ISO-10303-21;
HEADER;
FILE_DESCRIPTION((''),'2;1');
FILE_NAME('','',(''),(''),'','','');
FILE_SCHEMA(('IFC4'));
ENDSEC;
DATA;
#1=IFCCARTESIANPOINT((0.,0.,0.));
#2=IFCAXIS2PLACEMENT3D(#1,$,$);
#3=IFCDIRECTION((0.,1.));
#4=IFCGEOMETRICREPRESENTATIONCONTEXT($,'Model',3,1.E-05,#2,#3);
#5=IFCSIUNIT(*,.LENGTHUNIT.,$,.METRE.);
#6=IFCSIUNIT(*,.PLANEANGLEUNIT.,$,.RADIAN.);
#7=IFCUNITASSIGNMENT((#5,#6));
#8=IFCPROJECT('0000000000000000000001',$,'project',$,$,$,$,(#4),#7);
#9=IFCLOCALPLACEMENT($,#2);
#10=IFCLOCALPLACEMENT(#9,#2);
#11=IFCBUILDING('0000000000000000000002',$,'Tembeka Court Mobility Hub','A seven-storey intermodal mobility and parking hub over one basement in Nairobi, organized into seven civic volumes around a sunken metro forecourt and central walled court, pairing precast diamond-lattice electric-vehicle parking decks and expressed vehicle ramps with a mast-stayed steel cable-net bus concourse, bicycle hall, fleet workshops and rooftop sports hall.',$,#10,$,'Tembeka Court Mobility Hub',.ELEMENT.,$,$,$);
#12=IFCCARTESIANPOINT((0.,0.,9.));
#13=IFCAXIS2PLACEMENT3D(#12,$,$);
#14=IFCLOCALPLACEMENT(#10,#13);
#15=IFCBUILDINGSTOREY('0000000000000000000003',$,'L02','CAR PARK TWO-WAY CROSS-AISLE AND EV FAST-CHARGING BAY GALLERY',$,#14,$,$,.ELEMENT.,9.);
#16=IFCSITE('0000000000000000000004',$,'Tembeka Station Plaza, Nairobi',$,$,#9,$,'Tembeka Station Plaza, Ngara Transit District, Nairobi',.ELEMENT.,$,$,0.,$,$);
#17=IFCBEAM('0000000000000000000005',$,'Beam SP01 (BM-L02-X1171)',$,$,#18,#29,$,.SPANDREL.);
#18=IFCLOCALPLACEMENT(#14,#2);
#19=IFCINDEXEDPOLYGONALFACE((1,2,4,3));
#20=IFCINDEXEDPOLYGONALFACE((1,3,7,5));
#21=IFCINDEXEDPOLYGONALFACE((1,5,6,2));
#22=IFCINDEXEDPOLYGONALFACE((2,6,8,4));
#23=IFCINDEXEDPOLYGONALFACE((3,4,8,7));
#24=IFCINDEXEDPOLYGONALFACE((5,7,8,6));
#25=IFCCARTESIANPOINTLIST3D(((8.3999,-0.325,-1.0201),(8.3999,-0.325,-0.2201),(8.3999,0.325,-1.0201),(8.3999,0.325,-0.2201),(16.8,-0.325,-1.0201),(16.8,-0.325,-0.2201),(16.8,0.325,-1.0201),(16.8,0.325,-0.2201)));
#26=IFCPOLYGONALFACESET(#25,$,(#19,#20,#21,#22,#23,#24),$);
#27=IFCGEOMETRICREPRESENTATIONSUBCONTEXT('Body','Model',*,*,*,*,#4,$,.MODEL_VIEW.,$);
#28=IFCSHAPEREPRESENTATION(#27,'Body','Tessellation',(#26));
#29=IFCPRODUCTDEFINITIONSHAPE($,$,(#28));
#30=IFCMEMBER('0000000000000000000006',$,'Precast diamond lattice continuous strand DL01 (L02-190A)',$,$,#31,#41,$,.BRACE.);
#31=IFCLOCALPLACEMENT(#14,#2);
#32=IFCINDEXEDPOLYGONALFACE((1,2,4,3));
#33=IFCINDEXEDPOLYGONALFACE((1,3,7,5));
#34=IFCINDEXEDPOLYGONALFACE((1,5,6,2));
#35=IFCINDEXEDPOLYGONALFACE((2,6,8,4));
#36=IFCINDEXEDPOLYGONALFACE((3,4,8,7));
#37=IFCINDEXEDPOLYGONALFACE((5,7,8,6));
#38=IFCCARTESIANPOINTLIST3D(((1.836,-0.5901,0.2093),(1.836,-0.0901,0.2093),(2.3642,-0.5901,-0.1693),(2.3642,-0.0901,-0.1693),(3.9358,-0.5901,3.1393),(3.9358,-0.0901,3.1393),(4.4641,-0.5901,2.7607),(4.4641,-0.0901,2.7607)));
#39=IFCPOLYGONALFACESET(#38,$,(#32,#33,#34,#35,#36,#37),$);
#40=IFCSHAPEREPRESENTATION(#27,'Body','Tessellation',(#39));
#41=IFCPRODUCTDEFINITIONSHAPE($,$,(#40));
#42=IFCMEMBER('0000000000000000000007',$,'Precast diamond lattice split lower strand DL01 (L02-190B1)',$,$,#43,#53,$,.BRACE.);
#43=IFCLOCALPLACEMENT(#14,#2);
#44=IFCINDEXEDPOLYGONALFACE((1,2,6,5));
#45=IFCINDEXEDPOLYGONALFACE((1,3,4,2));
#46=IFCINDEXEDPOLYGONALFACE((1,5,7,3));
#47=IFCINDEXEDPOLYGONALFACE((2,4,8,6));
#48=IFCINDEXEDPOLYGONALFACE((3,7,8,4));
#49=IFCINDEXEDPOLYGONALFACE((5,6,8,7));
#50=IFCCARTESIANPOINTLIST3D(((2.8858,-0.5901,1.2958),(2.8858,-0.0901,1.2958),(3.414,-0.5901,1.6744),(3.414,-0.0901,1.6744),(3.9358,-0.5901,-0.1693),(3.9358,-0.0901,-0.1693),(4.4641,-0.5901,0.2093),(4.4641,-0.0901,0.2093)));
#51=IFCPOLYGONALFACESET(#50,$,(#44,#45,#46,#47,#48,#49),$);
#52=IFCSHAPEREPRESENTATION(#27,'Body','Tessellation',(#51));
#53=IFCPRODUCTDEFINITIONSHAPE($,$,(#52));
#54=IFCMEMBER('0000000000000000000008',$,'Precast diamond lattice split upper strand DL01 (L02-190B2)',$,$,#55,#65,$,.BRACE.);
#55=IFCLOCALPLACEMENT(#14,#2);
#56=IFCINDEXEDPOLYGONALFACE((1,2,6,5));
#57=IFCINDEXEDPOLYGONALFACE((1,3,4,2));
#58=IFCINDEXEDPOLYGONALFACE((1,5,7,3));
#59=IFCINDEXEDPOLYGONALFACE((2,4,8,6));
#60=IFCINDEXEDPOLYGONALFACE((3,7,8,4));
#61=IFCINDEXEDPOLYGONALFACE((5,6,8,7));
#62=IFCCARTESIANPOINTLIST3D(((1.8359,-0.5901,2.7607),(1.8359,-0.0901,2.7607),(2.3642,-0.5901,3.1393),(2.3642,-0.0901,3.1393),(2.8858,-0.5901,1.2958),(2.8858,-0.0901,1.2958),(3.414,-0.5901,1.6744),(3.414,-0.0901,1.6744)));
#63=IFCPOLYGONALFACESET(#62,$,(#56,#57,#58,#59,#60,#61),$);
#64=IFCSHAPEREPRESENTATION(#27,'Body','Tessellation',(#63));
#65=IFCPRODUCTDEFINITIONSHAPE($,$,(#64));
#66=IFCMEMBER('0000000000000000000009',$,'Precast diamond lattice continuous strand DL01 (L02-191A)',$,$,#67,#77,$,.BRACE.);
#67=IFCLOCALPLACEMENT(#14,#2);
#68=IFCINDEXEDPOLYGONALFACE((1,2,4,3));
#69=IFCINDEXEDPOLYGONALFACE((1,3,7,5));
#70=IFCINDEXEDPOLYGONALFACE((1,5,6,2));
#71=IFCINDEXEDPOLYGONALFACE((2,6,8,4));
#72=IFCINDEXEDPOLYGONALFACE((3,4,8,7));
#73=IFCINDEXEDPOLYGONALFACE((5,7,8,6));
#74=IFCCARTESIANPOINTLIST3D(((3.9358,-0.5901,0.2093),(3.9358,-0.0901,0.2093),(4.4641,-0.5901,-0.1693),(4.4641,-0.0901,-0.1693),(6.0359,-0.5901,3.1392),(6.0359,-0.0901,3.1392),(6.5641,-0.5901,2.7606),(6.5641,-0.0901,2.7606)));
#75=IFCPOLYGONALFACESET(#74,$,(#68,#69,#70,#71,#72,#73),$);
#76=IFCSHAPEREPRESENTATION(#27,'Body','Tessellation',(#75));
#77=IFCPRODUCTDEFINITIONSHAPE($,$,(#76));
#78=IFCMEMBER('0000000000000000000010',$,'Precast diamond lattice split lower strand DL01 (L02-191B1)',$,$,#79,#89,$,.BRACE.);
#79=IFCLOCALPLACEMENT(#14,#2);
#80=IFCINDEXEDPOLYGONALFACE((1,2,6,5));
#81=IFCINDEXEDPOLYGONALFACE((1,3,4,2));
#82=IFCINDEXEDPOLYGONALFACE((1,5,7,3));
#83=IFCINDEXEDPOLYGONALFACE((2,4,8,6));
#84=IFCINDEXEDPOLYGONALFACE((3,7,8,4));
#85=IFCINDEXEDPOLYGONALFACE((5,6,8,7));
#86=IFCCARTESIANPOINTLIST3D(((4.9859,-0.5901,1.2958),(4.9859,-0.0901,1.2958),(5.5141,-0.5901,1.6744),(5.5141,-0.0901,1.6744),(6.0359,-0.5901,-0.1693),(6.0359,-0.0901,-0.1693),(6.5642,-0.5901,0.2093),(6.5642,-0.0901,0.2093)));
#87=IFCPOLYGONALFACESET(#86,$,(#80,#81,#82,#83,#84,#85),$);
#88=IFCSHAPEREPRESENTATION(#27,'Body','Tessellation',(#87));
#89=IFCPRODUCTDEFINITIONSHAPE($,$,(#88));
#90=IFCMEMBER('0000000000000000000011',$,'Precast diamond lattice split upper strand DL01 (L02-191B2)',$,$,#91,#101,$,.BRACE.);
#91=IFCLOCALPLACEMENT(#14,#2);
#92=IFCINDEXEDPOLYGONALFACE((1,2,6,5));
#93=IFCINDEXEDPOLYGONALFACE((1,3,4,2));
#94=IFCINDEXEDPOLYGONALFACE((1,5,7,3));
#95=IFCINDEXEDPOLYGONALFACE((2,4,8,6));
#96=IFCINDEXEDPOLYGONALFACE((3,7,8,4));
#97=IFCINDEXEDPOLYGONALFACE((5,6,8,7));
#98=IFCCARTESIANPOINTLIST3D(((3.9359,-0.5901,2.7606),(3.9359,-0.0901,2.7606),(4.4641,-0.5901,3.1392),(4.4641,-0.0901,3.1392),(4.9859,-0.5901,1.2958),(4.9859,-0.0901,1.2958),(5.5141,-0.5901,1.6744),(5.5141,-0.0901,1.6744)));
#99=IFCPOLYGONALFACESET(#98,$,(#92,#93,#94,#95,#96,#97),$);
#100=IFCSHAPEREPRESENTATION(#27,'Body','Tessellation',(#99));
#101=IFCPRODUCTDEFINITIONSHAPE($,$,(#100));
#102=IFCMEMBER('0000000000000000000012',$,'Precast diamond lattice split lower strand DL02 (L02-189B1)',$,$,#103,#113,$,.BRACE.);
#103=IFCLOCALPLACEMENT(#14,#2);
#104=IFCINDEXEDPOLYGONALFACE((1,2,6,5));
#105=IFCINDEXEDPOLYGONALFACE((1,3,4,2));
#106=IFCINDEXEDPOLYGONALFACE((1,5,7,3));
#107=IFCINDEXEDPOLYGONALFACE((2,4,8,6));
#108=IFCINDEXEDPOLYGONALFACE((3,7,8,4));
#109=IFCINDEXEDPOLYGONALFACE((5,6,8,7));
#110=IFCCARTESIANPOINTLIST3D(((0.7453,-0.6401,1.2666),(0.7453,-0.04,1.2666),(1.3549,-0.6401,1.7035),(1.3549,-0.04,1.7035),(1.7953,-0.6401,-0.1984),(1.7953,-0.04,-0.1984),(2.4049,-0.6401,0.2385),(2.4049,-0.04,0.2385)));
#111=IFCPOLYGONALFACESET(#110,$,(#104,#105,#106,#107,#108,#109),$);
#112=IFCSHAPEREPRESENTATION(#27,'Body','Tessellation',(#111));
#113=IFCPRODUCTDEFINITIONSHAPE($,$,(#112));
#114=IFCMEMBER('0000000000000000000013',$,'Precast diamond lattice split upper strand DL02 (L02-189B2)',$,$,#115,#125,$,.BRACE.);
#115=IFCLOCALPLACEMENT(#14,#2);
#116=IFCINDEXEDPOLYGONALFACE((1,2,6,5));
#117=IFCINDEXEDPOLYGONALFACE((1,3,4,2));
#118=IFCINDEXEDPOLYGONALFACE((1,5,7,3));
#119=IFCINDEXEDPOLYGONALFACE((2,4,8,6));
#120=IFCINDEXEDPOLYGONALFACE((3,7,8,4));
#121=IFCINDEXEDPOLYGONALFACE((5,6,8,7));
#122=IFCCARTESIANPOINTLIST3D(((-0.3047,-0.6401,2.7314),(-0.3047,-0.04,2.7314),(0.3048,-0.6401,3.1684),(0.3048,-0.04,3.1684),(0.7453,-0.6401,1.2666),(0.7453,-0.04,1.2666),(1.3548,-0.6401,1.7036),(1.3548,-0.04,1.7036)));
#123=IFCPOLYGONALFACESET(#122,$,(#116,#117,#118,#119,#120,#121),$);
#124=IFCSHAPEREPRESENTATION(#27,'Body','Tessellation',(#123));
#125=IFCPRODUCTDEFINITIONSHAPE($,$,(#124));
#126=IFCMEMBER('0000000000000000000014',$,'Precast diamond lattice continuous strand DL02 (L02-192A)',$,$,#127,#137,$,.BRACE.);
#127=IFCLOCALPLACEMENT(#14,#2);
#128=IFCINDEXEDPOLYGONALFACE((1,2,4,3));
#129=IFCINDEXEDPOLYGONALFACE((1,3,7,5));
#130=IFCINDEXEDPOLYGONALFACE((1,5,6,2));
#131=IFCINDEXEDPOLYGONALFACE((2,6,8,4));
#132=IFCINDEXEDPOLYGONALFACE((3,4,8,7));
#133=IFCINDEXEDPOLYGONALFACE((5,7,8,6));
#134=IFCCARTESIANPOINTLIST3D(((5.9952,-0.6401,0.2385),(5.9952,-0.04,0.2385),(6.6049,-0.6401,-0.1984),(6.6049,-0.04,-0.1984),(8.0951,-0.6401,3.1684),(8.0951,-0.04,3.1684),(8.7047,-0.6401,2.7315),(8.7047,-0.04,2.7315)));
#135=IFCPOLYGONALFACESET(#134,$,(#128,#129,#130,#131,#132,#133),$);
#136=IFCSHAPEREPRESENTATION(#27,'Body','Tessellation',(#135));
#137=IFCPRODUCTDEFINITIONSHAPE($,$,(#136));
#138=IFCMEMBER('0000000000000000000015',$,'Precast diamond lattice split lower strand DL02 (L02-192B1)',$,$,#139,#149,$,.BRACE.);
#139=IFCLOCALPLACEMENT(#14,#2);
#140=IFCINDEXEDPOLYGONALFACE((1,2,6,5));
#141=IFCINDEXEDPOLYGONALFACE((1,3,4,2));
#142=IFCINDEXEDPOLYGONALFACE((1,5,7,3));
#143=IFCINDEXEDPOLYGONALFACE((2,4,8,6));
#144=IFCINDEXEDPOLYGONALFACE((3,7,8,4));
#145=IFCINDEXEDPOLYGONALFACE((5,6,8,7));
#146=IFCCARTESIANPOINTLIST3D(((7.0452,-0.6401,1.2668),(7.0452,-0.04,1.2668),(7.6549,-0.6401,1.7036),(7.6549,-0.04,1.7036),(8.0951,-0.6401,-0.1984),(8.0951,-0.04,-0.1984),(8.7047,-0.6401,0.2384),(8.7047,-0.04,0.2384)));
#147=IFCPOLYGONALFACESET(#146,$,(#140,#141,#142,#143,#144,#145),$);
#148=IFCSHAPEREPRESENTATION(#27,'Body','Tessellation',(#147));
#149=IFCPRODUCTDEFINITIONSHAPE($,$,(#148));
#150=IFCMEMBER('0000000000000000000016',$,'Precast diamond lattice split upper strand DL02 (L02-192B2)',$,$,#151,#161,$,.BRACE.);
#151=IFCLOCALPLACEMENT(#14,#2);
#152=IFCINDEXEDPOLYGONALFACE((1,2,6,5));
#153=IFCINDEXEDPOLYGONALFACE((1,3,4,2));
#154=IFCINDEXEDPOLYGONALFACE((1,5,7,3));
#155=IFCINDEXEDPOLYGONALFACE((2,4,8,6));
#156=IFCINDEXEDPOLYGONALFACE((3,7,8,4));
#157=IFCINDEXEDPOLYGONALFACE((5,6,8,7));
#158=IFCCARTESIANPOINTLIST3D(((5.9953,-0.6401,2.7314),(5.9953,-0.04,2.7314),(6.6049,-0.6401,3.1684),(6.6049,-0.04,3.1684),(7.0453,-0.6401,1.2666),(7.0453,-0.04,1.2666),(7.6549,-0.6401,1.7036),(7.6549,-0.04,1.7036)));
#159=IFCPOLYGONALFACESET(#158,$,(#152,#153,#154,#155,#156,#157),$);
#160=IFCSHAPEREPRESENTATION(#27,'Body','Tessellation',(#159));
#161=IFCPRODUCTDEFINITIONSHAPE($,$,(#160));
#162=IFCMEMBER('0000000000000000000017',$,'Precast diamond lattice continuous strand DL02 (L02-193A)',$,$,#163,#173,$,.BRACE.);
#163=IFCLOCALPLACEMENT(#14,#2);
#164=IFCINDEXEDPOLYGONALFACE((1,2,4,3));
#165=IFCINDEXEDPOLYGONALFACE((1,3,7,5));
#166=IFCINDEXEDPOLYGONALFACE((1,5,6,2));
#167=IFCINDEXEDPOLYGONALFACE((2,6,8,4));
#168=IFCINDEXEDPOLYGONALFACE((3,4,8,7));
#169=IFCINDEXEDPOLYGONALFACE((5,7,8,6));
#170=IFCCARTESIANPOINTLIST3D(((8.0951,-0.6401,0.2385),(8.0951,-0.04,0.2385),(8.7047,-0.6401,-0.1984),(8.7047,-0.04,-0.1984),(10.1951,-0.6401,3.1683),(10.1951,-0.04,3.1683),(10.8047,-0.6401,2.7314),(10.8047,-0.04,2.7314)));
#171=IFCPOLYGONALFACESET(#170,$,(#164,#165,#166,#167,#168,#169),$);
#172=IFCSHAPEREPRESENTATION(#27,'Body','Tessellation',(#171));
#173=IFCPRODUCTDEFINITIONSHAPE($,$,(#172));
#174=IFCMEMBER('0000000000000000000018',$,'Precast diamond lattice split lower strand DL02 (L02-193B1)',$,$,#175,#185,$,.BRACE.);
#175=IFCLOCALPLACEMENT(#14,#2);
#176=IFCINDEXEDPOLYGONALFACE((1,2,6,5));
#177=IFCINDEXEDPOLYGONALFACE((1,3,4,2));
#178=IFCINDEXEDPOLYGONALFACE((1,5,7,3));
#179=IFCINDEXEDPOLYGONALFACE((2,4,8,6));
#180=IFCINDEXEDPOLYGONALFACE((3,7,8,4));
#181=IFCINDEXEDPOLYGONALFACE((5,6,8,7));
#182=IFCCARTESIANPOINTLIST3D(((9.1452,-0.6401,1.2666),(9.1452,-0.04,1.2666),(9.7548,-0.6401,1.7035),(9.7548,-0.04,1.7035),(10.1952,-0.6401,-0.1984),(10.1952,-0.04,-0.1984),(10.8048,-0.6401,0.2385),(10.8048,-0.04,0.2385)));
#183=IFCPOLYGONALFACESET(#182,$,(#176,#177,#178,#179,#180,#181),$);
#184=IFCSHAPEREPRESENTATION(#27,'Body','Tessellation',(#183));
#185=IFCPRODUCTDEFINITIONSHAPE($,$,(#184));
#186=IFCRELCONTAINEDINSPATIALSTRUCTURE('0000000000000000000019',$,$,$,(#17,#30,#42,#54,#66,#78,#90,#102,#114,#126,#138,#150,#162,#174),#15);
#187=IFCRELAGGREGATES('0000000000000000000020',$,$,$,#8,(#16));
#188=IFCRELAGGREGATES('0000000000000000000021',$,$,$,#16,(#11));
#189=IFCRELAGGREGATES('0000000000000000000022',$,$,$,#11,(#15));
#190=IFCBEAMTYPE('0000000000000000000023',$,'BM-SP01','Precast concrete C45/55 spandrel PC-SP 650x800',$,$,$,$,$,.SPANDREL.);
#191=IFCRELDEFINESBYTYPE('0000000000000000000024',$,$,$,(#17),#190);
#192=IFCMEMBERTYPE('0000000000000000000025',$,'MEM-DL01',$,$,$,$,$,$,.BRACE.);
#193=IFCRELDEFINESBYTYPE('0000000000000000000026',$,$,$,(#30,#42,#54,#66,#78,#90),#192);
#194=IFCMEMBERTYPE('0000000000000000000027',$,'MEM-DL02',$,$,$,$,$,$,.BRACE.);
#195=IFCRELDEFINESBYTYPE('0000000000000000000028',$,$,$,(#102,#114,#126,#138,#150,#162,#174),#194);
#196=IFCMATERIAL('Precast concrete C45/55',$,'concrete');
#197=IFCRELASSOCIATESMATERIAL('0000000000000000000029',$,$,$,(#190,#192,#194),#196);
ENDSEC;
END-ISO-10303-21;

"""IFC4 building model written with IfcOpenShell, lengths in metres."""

from ifc_helpers import new_model, si_unit, direction, frame, origin, origin_2d, place, context, subcontext, project, spatial, rectangle, extrude, material, material_profile, profile_set, type_object, element, save


model = new_model("IFC4")

# Units and contexts
model_context = context("Model", 3, precision=1e-05, world=origin(), true_north=direction((0.0, 1.0)))
body_context = subcontext(model_context, "Body", "Model", "MODEL_VIEW")
ifc_project = project(units=[si_unit("LENGTHUNIT", "METRE"), si_unit("PLANEANGLEUNIT", "RADIAN")], contexts=[model_context])

# Site, building, storey
site_placement = place(None, origin())
site = spatial("IfcSite", under=ifc_project, at=site_placement, Name="Tembeka Station Plaza, Nairobi", LongName="Tembeka Station Plaza, Ngara Transit District, Nairobi", CompositionType="ELEMENT", RefElevation=0.0)
building_placement = place(site_placement, origin())
building = spatial("IfcBuilding", under=site, at=building_placement, Name="Tembeka Court Mobility Hub", Description="A seven-storey intermodal mobility and parking hub over one basement in Nairobi, organized into seven civic volumes around a sunken metro forecourt and central walled court, pairing precast diamond-lattice electric-vehicle parking decks and expressed vehicle ramps with a mast-stayed steel cable-net bus concourse, bicycle hall, fleet workshops and rooftop sports hall.", LongName="Tembeka Court Mobility Hub", CompositionType="ELEMENT")
storey_placement = place(building_placement, frame((0.0, 0.0, 9.0)))
storey = spatial("IfcBuildingStorey", under=building, at=storey_placement, Name="L02", Description="CAR PARK TWO-WAY CROSS-AISLE AND EV FAST-CHARGING BAY GALLERY", CompositionType="ELEMENT", Elevation=9.0)

# Beam
ifc_material_1 = material(Name="Precast concrete C45/55", Category="concrete")
ifc_material_profile_1 = material_profile(ifc_material_1, rectangle(XDim=0.6499, YDim=0.8, at=origin_2d()), Name="PC-SP 650x800")
ifc_profile_set_1 = profile_set([ifc_material_profile_1], Name="Precast concrete C45/55")
beam_type_1 = type_object("IfcBeamType", Name="BM-SP01", Description="Precast concrete C45/55 spandrel PC-SP 650x800", PredefinedType="SPANDREL", material=ifc_profile_set_1)
beam_1_placement = place(storey_placement, frame((8.3999, 0.0, -0.6201), z_axis=(1.0, 0.0, 0.0), x_axis=(0.0, 1.0, 0.0)))
element("IfcBeam", 1, at=beam_1_placement, inside=storey, type_object=beam_type_1, Name="Beam SP01 (BM-L02-X1171)", PredefinedType="SPANDREL", context=body_context, shape_type="SweptSolid", body=[
    extrude(rectangle(XDim=0.6499, YDim=0.8, at=origin_2d()), origin(), (0.0, 0.0, 1.0), 8.4001),
])

# Members
ifc_material_profile_2 = material_profile(ifc_material_1, rectangle(XDim=0.5, YDim=0.6499, at=origin_2d()), Name="PC-DIAG 500x650")
ifc_profile_set_2 = profile_set([ifc_material_profile_2], Name="Precast concrete C45/55")
member_type_1 = type_object("IfcMemberType", Name="MEM-DL01", PredefinedType="BRACE", material=ifc_profile_set_2)
member_1_placement = place(storey_placement, frame((2.1001, -0.3401, 0.02), z_axis=(0.582532, 0.0, 0.812808), x_axis=(0.0, 1.0, 0.0)))
element("IfcMember", 2, at=member_1_placement, inside=storey, type_object=member_type_1, Name="Precast diamond lattice continuous strand DL01 (L02-190A)", PredefinedType="BRACE", context=body_context, shape_type="SweptSolid", body=[
    extrude(rectangle(XDim=0.5, YDim=0.6499, at=origin_2d()), origin(), (0.0, 0.0, 1.0), 3.6047),
])
member_2_placement = place(storey_placement, frame((4.2, -0.3401, 0.02), z_axis=(-0.582544, 0.0, 0.812799), x_axis=(0.0, -1.0, 0.0)))
element("IfcMember", 3, at=member_2_placement, inside=storey, type_object=member_type_1, Name="Precast diamond lattice split lower strand DL01 (L02-190B1)", PredefinedType="BRACE", context=body_context, shape_type="SweptSolid", body=[
    extrude(rectangle(XDim=0.5, YDim=0.6499, at=origin_2d()), origin(), (0.0, 0.0, 1.0), 1.8025),
])
member_3_placement = place(storey_placement, frame((3.1499, -0.3401, 1.4851), z_axis=(-0.582519, 0.0, 0.812817), x_axis=(0.0, -1.0, 0.0)))
element("IfcMember", 4, at=member_3_placement, inside=storey, type_object=member_type_1, Name="Precast diamond lattice split upper strand DL01 (L02-190B2)", PredefinedType="BRACE", context=body_context, shape_type="SweptSolid", body=[
    extrude(rectangle(XDim=0.5, YDim=0.6499, at=origin_2d()), origin(), (0.0, 0.0, 1.0), 1.8022),
])
member_4_placement = place(storey_placement, frame((4.2, -0.3401, 0.02), z_axis=(0.582576, 0.0, 0.812776), x_axis=(0.0, 1.0, 0.0)))
element("IfcMember", 5, at=member_4_placement, inside=storey, type_object=member_type_1, Name="Precast diamond lattice continuous strand DL01 (L02-191A)", PredefinedType="BRACE", context=body_context, shape_type="SweptSolid", body=[
    extrude(rectangle(XDim=0.5, YDim=0.6499, at=origin_2d()), origin(), (0.0, 0.0, 1.0), 3.6047),
])
member_5_placement = place(storey_placement, frame((6.3, -0.3401, 0.02), z_axis=(-0.582544, 0.0, 0.812799), x_axis=(0.0, -1.0, 0.0)))
element("IfcMember", 6, at=member_5_placement, inside=storey, type_object=member_type_1, Name="Precast diamond lattice split lower strand DL01 (L02-191B1)", PredefinedType="BRACE", context=body_context, shape_type="SweptSolid", body=[
    extrude(rectangle(XDim=0.5, YDim=0.6499, at=origin_2d()), origin(), (0.0, 0.0, 1.0), 1.8025),
])
member_6_placement = place(storey_placement, frame((5.25, -0.3401, 1.4851), z_axis=(-0.582608, 0.0, 0.812753), x_axis=(0.0, -1.0, 0.0)))
element("IfcMember", 7, at=member_6_placement, inside=storey, type_object=member_type_1, Name="Precast diamond lattice split upper strand DL01 (L02-191B2)", PredefinedType="BRACE", context=body_context, shape_type="SweptSolid", body=[
    extrude(rectangle(XDim=0.5, YDim=0.6499, at=origin_2d()), origin(), (0.0, 0.0, 1.0), 1.8022),
])
ifc_material_profile_3 = material_profile(ifc_material_1, rectangle(XDim=0.6001, YDim=0.75, at=origin_2d()), Name="PC-DIAG 600x750")
ifc_profile_set_3 = profile_set([ifc_material_profile_3], Name="Precast concrete C45/55")
member_type_2 = type_object("IfcMemberType", Name="MEM-DL02", PredefinedType="BRACE", material=ifc_profile_set_3)
member_7_placement = place(storey_placement, frame((2.1001, -0.3401, 0.02), z_axis=(-0.582544, 0.0, 0.812799), x_axis=(0.0, -1.0, 0.0)))
element("IfcMember", 8, at=member_7_placement, inside=storey, type_object=member_type_2, Name="Precast diamond lattice split lower strand DL02 (L02-189B1)", PredefinedType="BRACE", context=body_context, shape_type="SweptSolid", body=[
    extrude(rectangle(XDim=0.6001, YDim=0.75, at=origin_2d()), origin(), (0.0, 0.0, 1.0), 1.8025),
])
member_8_placement = place(storey_placement, frame((1.05, -0.3401, 1.4851), z_axis=(-0.582608, 0.0, 0.812753), x_axis=(0.0, -1.0, 0.0)))
element("IfcMember", 9, at=member_8_placement, inside=storey, type_object=member_type_2, Name="Precast diamond lattice split upper strand DL02 (L02-189B2)", PredefinedType="BRACE", context=body_context, shape_type="SweptSolid", body=[
    extrude(rectangle(XDim=0.6001, YDim=0.75, at=origin_2d()), origin(), (0.0, 0.0, 1.0), 1.8022),
])
member_9_placement = place(storey_placement, frame((6.3, -0.3401, 0.02), z_axis=(0.582532, 0.0, 0.812808), x_axis=(0.0, 1.0, 0.0)))
element("IfcMember", 10, at=member_9_placement, inside=storey, type_object=member_type_2, Name="Precast diamond lattice continuous strand DL02 (L02-192A)", PredefinedType="BRACE", context=body_context, shape_type="SweptSolid", body=[
    extrude(rectangle(XDim=0.6001, YDim=0.75, at=origin_2d()), origin(), (0.0, 0.0, 1.0), 3.6047),
])
member_10_placement = place(storey_placement, frame((8.3999, -0.3401, 0.02), z_axis=(-0.582455, 0.0, 0.812863), x_axis=(0.0, -1.0, 0.0)))
element("IfcMember", 11, at=member_10_placement, inside=storey, type_object=member_type_2, Name="Precast diamond lattice split lower strand DL02 (L02-192B1)", PredefinedType="BRACE", context=body_context, shape_type="SweptSolid", body=[
    extrude(rectangle(XDim=0.6001, YDim=0.75, at=origin_2d()), origin(), (0.0, 0.0, 1.0), 1.8025),
])
member_11_placement = place(storey_placement, frame((7.3501, -0.3401, 1.4851), z_axis=(-0.582608, 0.0, 0.812753), x_axis=(0.0, -1.0, 0.0)))
element("IfcMember", 12, at=member_11_placement, inside=storey, type_object=member_type_2, Name="Precast diamond lattice split upper strand DL02 (L02-192B2)", PredefinedType="BRACE", context=body_context, shape_type="SweptSolid", body=[
    extrude(rectangle(XDim=0.6001, YDim=0.75, at=origin_2d()), origin(), (0.0, 0.0, 1.0), 1.8022),
])
member_12_placement = place(storey_placement, frame((8.3999, -0.3401, 0.02), z_axis=(0.582576, 0.0, 0.812776), x_axis=(0.0, 1.0, 0.0)))
element("IfcMember", 13, at=member_12_placement, inside=storey, type_object=member_type_2, Name="Precast diamond lattice continuous strand DL02 (L02-193A)", PredefinedType="BRACE", context=body_context, shape_type="SweptSolid", body=[
    extrude(rectangle(XDim=0.6001, YDim=0.75, at=origin_2d()), origin(), (0.0, 0.0, 1.0), 3.6047),
])
member_13_placement = place(storey_placement, frame((10.5, -0.3401, 0.02), z_axis=(-0.582544, 0.0, 0.812799), x_axis=(0.0, -1.0, 0.0)))
element("IfcMember", 14, at=member_13_placement, inside=storey, type_object=member_type_2, Name="Precast diamond lattice split lower strand DL02 (L02-193B1)", PredefinedType="BRACE", context=body_context, shape_type="SweptSolid", body=[
    extrude(rectangle(XDim=0.6001, YDim=0.75, at=origin_2d()), origin(), (0.0, 0.0, 1.0), 1.8025),
])

save(model, "model.ifc")
